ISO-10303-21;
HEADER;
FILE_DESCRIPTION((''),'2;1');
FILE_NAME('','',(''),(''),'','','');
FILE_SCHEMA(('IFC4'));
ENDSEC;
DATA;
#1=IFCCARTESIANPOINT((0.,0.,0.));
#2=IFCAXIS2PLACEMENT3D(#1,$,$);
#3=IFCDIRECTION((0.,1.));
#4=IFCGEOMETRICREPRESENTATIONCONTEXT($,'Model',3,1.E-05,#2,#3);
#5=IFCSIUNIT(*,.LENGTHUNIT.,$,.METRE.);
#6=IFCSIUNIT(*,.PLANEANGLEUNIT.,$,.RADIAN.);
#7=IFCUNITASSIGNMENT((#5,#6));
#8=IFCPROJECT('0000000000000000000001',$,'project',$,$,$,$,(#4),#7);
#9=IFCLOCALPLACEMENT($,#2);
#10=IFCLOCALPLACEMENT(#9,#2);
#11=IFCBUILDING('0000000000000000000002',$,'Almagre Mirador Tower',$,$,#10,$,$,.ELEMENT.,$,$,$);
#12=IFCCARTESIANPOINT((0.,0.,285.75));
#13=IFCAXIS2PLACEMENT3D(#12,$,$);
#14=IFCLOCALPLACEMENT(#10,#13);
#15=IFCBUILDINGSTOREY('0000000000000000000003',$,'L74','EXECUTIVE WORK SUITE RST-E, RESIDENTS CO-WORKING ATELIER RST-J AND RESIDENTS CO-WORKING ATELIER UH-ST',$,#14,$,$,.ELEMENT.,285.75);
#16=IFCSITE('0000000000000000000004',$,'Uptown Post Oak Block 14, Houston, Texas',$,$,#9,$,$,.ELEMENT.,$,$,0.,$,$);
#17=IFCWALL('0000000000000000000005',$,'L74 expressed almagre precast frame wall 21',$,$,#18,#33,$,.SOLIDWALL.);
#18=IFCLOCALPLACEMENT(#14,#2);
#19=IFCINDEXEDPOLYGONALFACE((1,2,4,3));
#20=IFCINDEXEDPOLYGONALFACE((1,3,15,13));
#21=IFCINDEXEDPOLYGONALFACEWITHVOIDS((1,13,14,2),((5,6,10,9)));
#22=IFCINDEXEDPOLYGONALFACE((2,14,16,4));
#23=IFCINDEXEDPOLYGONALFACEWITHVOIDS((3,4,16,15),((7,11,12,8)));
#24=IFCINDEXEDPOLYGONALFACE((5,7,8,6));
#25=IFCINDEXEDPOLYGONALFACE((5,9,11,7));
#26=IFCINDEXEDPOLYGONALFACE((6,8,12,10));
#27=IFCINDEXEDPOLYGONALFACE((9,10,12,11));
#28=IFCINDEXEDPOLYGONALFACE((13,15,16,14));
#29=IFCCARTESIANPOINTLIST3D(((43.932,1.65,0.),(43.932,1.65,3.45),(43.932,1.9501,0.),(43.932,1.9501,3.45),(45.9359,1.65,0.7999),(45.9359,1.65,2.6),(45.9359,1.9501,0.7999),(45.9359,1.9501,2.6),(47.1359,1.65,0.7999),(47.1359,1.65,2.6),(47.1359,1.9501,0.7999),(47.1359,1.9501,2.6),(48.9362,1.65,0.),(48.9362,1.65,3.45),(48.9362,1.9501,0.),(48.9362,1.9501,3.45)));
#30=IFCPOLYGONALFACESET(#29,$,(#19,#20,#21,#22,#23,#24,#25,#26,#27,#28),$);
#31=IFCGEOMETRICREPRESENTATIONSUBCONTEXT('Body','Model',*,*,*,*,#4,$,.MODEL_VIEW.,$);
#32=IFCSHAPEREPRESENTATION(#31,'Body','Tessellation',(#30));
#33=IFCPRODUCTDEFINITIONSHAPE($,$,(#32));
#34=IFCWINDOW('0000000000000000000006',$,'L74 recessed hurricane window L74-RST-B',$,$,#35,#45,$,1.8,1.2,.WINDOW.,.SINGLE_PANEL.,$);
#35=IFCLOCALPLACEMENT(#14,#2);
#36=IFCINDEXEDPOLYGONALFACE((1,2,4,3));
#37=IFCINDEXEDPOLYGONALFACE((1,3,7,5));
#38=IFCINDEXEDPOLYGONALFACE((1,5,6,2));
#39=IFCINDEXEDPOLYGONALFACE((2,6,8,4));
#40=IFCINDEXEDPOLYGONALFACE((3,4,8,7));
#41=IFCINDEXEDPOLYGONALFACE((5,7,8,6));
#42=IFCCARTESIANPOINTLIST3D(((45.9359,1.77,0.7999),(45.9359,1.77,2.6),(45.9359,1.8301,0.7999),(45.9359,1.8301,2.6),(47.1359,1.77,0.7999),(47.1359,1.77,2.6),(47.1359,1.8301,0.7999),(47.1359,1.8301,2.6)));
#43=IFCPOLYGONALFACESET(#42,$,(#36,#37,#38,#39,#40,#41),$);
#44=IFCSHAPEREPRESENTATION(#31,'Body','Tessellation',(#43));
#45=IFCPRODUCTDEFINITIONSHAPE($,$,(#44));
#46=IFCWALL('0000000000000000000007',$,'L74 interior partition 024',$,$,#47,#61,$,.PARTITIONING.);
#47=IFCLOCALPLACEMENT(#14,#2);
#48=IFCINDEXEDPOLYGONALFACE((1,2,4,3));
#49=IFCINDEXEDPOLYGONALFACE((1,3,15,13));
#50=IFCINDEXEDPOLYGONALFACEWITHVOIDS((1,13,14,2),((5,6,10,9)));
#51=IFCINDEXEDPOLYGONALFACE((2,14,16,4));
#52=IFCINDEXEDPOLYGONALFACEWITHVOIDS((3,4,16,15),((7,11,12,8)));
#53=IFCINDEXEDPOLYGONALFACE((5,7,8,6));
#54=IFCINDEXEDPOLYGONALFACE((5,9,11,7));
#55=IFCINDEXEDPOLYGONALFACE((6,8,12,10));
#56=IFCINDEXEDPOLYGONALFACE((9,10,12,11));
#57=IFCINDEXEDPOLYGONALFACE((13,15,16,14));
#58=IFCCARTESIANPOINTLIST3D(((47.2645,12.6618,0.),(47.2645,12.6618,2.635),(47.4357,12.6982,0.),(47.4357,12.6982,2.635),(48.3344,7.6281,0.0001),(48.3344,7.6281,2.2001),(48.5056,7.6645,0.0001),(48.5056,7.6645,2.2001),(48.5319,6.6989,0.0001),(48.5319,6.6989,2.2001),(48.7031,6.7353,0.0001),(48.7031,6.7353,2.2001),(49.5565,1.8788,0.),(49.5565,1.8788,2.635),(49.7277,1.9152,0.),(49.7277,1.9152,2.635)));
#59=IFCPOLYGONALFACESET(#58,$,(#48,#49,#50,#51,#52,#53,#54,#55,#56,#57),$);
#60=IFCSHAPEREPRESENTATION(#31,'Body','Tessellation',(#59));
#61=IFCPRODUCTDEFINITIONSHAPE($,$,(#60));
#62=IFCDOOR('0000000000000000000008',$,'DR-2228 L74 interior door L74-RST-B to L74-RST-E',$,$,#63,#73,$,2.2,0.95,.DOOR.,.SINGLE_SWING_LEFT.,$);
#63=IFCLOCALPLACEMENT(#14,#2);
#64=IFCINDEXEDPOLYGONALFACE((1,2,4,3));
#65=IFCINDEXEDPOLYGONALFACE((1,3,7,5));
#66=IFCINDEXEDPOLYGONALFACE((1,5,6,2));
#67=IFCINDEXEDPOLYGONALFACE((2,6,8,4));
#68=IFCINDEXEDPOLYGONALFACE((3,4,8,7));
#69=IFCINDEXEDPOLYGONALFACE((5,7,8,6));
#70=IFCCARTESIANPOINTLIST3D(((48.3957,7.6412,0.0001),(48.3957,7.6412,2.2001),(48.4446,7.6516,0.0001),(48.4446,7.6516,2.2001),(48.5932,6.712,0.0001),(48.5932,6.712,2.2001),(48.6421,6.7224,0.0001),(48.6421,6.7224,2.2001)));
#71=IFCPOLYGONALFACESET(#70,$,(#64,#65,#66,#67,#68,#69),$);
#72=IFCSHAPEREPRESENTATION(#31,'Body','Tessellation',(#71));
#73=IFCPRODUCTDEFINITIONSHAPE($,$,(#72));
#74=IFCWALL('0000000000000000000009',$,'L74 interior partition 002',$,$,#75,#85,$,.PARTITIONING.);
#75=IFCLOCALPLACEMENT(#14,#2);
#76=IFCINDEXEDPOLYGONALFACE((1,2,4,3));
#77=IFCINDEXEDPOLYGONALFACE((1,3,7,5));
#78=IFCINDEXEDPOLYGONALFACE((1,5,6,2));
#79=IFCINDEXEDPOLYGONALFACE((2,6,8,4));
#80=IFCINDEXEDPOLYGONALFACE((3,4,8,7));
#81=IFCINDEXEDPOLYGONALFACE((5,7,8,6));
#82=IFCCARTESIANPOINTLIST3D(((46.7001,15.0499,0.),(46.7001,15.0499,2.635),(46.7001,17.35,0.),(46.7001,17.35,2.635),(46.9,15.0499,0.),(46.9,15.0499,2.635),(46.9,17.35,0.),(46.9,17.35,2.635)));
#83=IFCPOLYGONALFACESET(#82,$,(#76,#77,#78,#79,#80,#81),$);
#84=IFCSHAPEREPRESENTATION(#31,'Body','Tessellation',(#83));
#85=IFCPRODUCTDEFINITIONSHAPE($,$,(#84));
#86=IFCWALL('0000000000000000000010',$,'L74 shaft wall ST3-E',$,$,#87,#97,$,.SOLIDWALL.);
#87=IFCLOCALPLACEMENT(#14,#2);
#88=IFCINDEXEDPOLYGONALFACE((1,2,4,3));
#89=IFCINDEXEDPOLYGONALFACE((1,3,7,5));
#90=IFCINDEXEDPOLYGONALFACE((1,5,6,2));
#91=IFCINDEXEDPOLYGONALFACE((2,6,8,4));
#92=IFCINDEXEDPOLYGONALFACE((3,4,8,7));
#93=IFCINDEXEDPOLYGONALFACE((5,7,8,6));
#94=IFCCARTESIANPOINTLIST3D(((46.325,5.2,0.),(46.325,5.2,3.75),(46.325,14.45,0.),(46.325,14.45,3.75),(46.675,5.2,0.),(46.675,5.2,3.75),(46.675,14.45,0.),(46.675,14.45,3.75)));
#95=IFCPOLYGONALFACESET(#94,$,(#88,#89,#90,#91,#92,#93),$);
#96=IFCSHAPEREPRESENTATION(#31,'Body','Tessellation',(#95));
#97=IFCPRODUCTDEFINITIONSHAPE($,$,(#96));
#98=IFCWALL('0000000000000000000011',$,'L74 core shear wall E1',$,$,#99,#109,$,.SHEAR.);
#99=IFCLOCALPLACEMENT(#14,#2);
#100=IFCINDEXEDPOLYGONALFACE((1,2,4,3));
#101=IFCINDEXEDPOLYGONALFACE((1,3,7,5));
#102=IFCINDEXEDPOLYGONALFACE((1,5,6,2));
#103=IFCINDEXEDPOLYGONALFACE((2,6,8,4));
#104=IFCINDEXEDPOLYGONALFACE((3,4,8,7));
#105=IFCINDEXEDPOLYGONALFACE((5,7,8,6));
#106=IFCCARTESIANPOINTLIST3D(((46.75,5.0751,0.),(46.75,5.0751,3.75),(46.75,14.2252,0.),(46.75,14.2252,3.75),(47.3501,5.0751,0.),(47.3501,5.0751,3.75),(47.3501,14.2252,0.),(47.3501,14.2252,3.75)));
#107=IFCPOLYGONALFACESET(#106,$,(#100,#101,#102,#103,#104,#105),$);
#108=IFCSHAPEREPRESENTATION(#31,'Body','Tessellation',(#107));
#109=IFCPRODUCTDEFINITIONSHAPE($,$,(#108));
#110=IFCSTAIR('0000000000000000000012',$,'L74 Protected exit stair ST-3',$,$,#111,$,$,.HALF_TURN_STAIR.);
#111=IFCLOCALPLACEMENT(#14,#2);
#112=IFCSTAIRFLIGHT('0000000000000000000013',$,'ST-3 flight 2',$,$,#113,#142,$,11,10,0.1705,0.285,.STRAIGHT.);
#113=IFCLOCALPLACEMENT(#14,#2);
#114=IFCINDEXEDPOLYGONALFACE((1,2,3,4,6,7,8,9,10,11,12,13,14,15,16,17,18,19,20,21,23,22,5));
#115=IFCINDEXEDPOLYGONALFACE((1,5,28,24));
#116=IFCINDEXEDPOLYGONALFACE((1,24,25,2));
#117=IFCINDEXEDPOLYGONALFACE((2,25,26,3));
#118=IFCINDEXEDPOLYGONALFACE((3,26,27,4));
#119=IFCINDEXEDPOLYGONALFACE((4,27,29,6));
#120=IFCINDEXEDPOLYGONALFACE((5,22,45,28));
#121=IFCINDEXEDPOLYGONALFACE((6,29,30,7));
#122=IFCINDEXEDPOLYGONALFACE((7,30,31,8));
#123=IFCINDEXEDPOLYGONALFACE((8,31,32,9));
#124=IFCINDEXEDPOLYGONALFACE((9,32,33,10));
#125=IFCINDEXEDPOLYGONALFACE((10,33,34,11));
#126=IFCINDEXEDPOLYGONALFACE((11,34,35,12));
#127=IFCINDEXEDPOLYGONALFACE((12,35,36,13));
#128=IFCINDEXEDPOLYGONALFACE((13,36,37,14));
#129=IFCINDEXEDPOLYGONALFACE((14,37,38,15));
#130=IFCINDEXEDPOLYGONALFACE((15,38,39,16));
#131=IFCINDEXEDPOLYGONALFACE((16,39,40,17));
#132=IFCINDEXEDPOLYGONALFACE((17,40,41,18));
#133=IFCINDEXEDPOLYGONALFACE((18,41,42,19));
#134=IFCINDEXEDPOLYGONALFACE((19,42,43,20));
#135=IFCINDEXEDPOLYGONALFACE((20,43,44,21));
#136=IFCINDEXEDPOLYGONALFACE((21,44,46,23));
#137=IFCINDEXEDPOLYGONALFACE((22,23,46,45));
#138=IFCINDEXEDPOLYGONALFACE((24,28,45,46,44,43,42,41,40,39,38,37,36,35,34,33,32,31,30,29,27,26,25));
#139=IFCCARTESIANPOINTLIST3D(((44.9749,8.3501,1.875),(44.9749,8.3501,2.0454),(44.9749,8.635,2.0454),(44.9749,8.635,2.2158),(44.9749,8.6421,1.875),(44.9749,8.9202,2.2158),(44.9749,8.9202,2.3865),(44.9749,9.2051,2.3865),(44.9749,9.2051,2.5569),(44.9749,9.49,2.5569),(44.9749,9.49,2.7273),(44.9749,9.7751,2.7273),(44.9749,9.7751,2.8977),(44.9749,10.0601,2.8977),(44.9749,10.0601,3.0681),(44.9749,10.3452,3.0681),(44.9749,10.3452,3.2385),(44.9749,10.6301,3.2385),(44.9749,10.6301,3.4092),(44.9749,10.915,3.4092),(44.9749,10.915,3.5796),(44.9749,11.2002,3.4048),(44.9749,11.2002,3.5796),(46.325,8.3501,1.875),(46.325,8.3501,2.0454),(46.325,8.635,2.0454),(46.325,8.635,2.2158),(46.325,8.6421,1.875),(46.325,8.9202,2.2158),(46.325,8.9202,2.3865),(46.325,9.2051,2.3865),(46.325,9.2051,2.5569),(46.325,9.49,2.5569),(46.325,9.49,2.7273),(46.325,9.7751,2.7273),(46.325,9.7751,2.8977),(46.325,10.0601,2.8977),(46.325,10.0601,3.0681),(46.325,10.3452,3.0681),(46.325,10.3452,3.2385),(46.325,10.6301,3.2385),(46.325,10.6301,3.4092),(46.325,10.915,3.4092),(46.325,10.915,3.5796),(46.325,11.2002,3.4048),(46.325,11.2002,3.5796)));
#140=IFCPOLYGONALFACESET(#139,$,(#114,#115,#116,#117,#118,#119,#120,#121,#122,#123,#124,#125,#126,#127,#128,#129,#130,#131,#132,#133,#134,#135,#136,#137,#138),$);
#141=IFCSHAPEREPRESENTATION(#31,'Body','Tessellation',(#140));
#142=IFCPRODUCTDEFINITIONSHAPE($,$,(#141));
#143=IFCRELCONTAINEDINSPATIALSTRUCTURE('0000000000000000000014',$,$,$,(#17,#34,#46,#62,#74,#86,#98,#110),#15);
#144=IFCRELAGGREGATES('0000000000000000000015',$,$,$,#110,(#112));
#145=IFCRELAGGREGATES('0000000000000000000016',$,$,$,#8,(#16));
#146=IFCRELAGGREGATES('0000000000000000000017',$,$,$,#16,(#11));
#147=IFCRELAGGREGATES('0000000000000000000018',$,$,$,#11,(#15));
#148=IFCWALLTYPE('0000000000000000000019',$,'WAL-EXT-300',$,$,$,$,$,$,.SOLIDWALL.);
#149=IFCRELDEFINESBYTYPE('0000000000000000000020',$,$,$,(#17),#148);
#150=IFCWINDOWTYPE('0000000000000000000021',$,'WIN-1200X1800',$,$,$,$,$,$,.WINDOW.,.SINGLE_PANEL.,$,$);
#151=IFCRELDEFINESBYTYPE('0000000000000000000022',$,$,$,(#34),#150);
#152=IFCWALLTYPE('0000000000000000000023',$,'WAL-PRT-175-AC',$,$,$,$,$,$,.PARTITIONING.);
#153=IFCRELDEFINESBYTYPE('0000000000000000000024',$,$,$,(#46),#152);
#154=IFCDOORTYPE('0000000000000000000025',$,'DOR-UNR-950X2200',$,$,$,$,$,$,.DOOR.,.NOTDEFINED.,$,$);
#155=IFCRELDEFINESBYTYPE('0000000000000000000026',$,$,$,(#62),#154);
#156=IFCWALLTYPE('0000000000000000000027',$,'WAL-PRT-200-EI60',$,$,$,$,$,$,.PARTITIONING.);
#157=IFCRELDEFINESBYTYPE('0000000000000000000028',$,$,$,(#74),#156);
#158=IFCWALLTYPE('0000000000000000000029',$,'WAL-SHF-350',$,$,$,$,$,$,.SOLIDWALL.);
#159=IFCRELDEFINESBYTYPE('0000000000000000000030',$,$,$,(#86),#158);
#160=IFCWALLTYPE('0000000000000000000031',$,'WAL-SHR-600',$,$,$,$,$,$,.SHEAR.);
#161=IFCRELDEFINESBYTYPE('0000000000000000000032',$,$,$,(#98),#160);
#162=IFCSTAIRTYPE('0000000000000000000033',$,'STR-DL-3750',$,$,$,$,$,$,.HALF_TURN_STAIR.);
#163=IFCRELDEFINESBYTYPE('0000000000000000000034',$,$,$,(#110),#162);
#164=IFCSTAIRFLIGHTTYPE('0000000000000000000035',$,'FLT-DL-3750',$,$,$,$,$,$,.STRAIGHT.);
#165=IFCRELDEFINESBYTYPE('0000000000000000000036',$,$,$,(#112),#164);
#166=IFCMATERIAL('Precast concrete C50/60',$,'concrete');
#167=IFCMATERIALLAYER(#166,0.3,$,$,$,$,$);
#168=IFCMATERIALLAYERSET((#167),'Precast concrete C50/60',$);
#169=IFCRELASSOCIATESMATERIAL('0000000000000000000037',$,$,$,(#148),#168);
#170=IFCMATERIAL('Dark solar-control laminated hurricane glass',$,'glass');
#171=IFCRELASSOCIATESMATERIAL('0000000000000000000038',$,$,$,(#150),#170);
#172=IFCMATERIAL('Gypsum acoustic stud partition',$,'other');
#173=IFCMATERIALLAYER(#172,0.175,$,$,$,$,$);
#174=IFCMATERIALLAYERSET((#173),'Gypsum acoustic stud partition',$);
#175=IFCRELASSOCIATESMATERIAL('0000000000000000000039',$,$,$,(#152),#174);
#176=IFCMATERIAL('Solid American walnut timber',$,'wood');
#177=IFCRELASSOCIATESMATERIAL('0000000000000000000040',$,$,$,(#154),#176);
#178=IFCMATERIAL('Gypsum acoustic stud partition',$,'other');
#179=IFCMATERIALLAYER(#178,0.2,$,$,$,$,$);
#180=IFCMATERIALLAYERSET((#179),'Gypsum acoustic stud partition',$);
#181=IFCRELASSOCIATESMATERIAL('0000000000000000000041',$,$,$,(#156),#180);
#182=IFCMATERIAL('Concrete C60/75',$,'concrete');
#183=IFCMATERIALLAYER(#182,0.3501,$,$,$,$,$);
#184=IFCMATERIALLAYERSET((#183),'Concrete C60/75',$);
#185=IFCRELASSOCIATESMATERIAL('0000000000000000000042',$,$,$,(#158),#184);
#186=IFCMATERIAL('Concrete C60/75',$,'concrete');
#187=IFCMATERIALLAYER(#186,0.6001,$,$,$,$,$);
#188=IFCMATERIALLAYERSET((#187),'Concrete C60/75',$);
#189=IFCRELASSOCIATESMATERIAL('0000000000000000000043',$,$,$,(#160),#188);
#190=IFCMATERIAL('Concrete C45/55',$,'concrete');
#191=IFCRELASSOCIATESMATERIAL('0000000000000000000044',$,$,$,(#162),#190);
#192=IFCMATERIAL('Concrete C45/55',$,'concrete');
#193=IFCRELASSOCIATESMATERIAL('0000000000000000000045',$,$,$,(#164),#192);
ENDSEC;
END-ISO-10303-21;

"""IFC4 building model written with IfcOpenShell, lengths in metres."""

from ifc_helpers import new_model, si_unit, direction, frame, frame_2d, origin, place, context, subcontext, project, spatial, polyline, rectangle, outline, extrude, material, layer, layer_set, type_object, element, fill, aggregate, save


model = new_model("IFC4")

# Units and contexts
model_context = context("Model", 3, precision=1e-05, world=origin(), true_north=direction((0.0, 1.0)))
body_context = subcontext(model_context, "Body", "Model", "MODEL_VIEW")
ifc_project = project(units=[si_unit("LENGTHUNIT", "METRE"), si_unit("PLANEANGLEUNIT", "RADIAN")], contexts=[model_context])

# Site, building, storey
site_placement = place(None, origin())
site = spatial("IfcSite", under=ifc_project, at=site_placement, Name="Uptown Post Oak Block 14, Houston, Texas", CompositionType="ELEMENT", RefElevation=0.0)
building_placement = place(site_placement, origin())
building = spatial("IfcBuilding", under=site, at=building_placement, Name="Almagre Mirador Tower", CompositionType="ELEMENT")
storey_placement = place(building_placement, frame((0.0, 0.0, 285.75)))
storey = spatial("IfcBuildingStorey", under=building, at=storey_placement, Name="L74", Description="EXECUTIVE WORK SUITE RST-E, RESIDENTS CO-WORKING ATELIER RST-J AND RESIDENTS CO-WORKING ATELIER UH-ST", CompositionType="ELEMENT", Elevation=285.75)

# Shared definitions
ifc_material_1 = material(Name="Precast concrete C50/60", Category="concrete")
ifc_layer_1 = layer(ifc_material_1, 0.3)
ifc_layer_set_1 = layer_set([ifc_layer_1], Name="Precast concrete C50/60")
wall_type_1 = type_object("IfcWallType", Name="WAL-EXT-300", PredefinedType="SOLIDWALL", material=ifc_layer_set_1)
ifc_material_2 = material(Name="Dark solar-control laminated hurricane glass", Category="glass")
window_type = type_object("IfcWindowType", Name="WIN-1200X1800", PartitioningType="SINGLE_PANEL", PredefinedType="WINDOW", material=ifc_material_2)

# Wall, opening, window
wall_1_placement = place(storey_placement, frame((48.936, 1.8, 0.0), z_axis=(0.0, 0.0, 1.0), x_axis=(-1.0, 0.0, 0.0)))
wall_1 = element("IfcWall", 1, at=wall_1_placement, inside=storey, type_object=wall_type_1, Name="L74 expressed almagre precast frame wall 21", PredefinedType="SOLIDWALL", context=body_context, shape_type="SweptSolid", body=[
    extrude(rectangle(XDim=5.0042, YDim=0.3, at=frame_2d((2.502, 0.0))), origin(), (0.0, 0.0, 1.0), 3.45),
])
opening_1_placement = place(wall_1_placement, frame((1.8, 0.0, 0.8)))
opening_1 = element("IfcOpeningElement", 2, at=opening_1_placement, cuts=wall_1, PredefinedType="OPENING", context=body_context, shape_type="SweptSolid", body=[
    extrude(rectangle(XDim=1.2, YDim=1.8, at=frame_2d((0.6001, 0.8999))), frame((0.0, 0.1599, 0.0), z_axis=(0.0, -1.0, 0.0), x_axis=(1.0, 0.0, 0.0)), (0.0, 0.0, 1.0), 0.32),
])
window_1_placement = place(opening_1_placement, origin())
window_1 = element("IfcWindow", 3, at=window_1_placement, inside=storey, type_object=window_type, Name="L74 recessed hurricane window L74-RST-B", OverallHeight=1.8, OverallWidth=1.2, PartitioningType="SINGLE_PANEL", PredefinedType="WINDOW", context=body_context, shape_type="SweptSolid", body=[
    extrude(rectangle(XDim=1.2, YDim=1.8, at=frame_2d((0.6001, 0.8999))), frame((0.0, 0.03, 0.0), z_axis=(0.0, -1.0, 0.0), x_axis=(1.0, 0.0, 0.0)), (0.0, 0.0, 1.0), 0.0601),
])
fill(opening_1, window_1)

# Wall, opening, door
ifc_material_3 = material(Name="Gypsum acoustic stud partition", Category="other")
ifc_layer_2 = layer(ifc_material_3, 0.175)
ifc_layer_set_2 = layer_set([ifc_layer_2], Name="Gypsum acoustic stud partition")
wall_type_2 = type_object("IfcWallType", Name="WAL-PRT-175-AC", PredefinedType="PARTITIONING", material=ifc_layer_set_2)
wall_2_placement = place(storey_placement, frame((49.6421, 1.897, 0.0), z_axis=(0.0, 0.0, 1.0), x_axis=(-0.207912, 0.978148, 0.0)))
wall_2 = element("IfcWall", 4, at=wall_2_placement, inside=storey, type_object=wall_type_2, Name="L74 interior partition 024", PredefinedType="PARTITIONING", context=body_context, shape_type="SweptSolid", body=[
    extrude(rectangle(XDim=11.0239, YDim=0.175, at=frame_2d((5.512, 0.0))), origin(), (0.0, 0.0, 1.0), 2.635),
])
opening_2_placement = place(wall_2_placement, frame((4.9277, 0.0, 0.0)))
opening_2 = element("IfcOpeningElement", 5, at=opening_2_placement, cuts=wall_2, PredefinedType="OPENING", context=body_context, shape_type="SweptSolid", body=[
    extrude(rectangle(XDim=0.95, YDim=2.2, at=frame_2d((0.4751, 1.1001))), frame((0.0, 0.0974, 0.0), z_axis=(0.0, -1.0, 0.0), x_axis=(1.0, 0.0, 0.0)), (0.0, 0.0, 1.0), 0.195),
])
ifc_material_4 = material(Name="Solid American walnut timber", Category="wood")
door_type = type_object("IfcDoorType", Name="DOR-UNR-950X2200", OperationType="NOTDEFINED", PredefinedType="DOOR", material=ifc_material_4)
door_placement = place(opening_2_placement, origin())
door = element("IfcDoor", 6, at=door_placement, inside=storey, type_object=door_type, Name="DR-2228 L74 interior door L74-RST-B to L74-RST-E", OperationType="SINGLE_SWING_LEFT", OverallHeight=2.2, OverallWidth=0.95, PredefinedType="DOOR", context=body_context, shape_type="SweptSolid", body=[
    extrude(rectangle(XDim=0.95, YDim=2.2, at=frame_2d((0.4751, 1.1001))), frame((0.0, 0.0249, 0.0), z_axis=(0.0, -1.0, 0.0), x_axis=(1.0, 0.0, 0.0)), (0.0, 0.0, 1.0), 0.05),
])
fill(opening_2, door)

# Walls
ifc_material_5 = material(Name="Gypsum acoustic stud partition", Category="other")
ifc_layer_3 = layer(ifc_material_5, 0.2)
ifc_layer_set_3 = layer_set([ifc_layer_3], Name="Gypsum acoustic stud partition")
wall_type_3 = type_object("IfcWallType", Name="WAL-PRT-200-EI60", PredefinedType="PARTITIONING", material=ifc_layer_set_3)
wall_3_placement = place(storey_placement, frame((46.8, 15.05, 0.0), z_axis=(0.0, 0.0, 1.0), x_axis=(0.0, 1.0, 0.0)))
element("IfcWall", 7, at=wall_3_placement, inside=storey, type_object=wall_type_3, Name="L74 interior partition 002", PredefinedType="PARTITIONING", context=body_context, shape_type="SweptSolid", body=[
    extrude(rectangle(XDim=2.3, YDim=0.2, at=frame_2d((1.1499, 0.0))), origin(), (0.0, 0.0, 1.0), 2.635),
])
ifc_material_6 = material(Name="Concrete C60/75", Category="concrete")
ifc_layer_4 = layer(ifc_material_6, 0.3501)
ifc_layer_set_4 = layer_set([ifc_layer_4], Name="Concrete C60/75")
wall_type_4 = type_object("IfcWallType", Name="WAL-SHF-350", PredefinedType="SOLIDWALL", material=ifc_layer_set_4)
wall_4_placement = place(storey_placement, frame((46.5, 5.2, 0.0), z_axis=(0.0, 0.0, 1.0), x_axis=(0.0, 1.0, 0.0)))
element("IfcWall", 8, at=wall_4_placement, inside=storey, type_object=wall_type_4, Name="L74 shaft wall ST3-E", PredefinedType="SOLIDWALL", context=body_context, shape_type="SweptSolid", body=[
    extrude(rectangle(XDim=9.25, YDim=0.3501, at=frame_2d((4.625, 0.0))), origin(), (0.0, 0.0, 1.0), 3.75),
])
ifc_material_7 = material(Name="Concrete C60/75", Category="concrete")
ifc_layer_5 = layer(ifc_material_7, 0.6001)
ifc_layer_set_5 = layer_set([ifc_layer_5], Name="Concrete C60/75")
wall_type_5 = type_object("IfcWallType", Name="WAL-SHR-600", PredefinedType="SHEAR", material=ifc_layer_set_5)
wall_5_placement = place(storey_placement, frame((47.05, 5.075, 0.0), z_axis=(0.0, 0.0, 1.0), x_axis=(0.0, 1.0, 0.0)))
element("IfcWall", 9, at=wall_5_placement, inside=storey, type_object=wall_type_5, Name="L74 core shear wall E1", PredefinedType="SHEAR", context=body_context, shape_type="SweptSolid", body=[
    extrude(rectangle(XDim=9.1501, YDim=0.6001, at=frame_2d((4.5752, 0.0))), origin(), (0.0, 0.0, 1.0), 3.75),
])

# Stair, stair flight
ifc_material_8 = material(Name="Concrete C45/55", Category="concrete")
stair_type = type_object("IfcStairType", Name="STR-DL-3750", PredefinedType="HALF_TURN_STAIR", material=ifc_material_8)
stair_placement = place(storey_placement, origin())
stair = element("IfcStair", 10, at=stair_placement, inside=storey, type_object=stair_type, Name="L74 Protected exit stair ST-3", PredefinedType="HALF_TURN_STAIR")
ifc_material_9 = material(Name="Concrete C45/55", Category="concrete")
stair_flight_type = type_object("IfcStairFlightType", Name="FLT-DL-3750", PredefinedType="STRAIGHT", material=ifc_material_9)
stair_flight_placement = place(storey_placement, frame((45.6499, 8.3501, 1.875), z_axis=(0.0, 0.0, 1.0), x_axis=(0.0, 1.0, 0.0)))
stair_flight = element("IfcStairFlight", 11, at=stair_flight_placement, type_object=stair_flight_type, Name="ST-3 flight 2", NumberOfRisers=11, NumberOfTreads=10, PredefinedType="STRAIGHT", RiserHeight=0.1705, TreadLength=0.285, context=body_context, shape_type="SweptSolid", body=[
    extrude(outline(polyline([(0.0, 0.0), (0.0, 0.1704), (0.2849, 0.1704), (0.2849, 0.3408), (0.5701, 0.3408), (0.5701, 0.5115), (0.855, 0.5115), (0.855, 0.6819), (1.1399, 0.6819), (1.1399, 0.8523), (1.425, 0.8523), (1.425, 1.0227), (1.71, 1.0227), (1.71, 1.1931), (1.9951, 1.1931), (1.9951, 1.3635), (2.28, 1.3635), (2.28, 1.5342), (2.5649, 1.5342), (2.5649, 1.7046), (2.8501, 1.7046), (2.8501, 1.875), (2.8501, 1.5298), (0.292, 0.0), (0.0, 0.0)])), frame((0.0, 0.675, 0.0), z_axis=(0.0, -1.0, 0.0), x_axis=(1.0, 0.0, 0.0)), (0.0, 0.0, 1.0), 1.3501),
])
aggregate(stair, [stair_flight])

save(model, "model.ifc")
